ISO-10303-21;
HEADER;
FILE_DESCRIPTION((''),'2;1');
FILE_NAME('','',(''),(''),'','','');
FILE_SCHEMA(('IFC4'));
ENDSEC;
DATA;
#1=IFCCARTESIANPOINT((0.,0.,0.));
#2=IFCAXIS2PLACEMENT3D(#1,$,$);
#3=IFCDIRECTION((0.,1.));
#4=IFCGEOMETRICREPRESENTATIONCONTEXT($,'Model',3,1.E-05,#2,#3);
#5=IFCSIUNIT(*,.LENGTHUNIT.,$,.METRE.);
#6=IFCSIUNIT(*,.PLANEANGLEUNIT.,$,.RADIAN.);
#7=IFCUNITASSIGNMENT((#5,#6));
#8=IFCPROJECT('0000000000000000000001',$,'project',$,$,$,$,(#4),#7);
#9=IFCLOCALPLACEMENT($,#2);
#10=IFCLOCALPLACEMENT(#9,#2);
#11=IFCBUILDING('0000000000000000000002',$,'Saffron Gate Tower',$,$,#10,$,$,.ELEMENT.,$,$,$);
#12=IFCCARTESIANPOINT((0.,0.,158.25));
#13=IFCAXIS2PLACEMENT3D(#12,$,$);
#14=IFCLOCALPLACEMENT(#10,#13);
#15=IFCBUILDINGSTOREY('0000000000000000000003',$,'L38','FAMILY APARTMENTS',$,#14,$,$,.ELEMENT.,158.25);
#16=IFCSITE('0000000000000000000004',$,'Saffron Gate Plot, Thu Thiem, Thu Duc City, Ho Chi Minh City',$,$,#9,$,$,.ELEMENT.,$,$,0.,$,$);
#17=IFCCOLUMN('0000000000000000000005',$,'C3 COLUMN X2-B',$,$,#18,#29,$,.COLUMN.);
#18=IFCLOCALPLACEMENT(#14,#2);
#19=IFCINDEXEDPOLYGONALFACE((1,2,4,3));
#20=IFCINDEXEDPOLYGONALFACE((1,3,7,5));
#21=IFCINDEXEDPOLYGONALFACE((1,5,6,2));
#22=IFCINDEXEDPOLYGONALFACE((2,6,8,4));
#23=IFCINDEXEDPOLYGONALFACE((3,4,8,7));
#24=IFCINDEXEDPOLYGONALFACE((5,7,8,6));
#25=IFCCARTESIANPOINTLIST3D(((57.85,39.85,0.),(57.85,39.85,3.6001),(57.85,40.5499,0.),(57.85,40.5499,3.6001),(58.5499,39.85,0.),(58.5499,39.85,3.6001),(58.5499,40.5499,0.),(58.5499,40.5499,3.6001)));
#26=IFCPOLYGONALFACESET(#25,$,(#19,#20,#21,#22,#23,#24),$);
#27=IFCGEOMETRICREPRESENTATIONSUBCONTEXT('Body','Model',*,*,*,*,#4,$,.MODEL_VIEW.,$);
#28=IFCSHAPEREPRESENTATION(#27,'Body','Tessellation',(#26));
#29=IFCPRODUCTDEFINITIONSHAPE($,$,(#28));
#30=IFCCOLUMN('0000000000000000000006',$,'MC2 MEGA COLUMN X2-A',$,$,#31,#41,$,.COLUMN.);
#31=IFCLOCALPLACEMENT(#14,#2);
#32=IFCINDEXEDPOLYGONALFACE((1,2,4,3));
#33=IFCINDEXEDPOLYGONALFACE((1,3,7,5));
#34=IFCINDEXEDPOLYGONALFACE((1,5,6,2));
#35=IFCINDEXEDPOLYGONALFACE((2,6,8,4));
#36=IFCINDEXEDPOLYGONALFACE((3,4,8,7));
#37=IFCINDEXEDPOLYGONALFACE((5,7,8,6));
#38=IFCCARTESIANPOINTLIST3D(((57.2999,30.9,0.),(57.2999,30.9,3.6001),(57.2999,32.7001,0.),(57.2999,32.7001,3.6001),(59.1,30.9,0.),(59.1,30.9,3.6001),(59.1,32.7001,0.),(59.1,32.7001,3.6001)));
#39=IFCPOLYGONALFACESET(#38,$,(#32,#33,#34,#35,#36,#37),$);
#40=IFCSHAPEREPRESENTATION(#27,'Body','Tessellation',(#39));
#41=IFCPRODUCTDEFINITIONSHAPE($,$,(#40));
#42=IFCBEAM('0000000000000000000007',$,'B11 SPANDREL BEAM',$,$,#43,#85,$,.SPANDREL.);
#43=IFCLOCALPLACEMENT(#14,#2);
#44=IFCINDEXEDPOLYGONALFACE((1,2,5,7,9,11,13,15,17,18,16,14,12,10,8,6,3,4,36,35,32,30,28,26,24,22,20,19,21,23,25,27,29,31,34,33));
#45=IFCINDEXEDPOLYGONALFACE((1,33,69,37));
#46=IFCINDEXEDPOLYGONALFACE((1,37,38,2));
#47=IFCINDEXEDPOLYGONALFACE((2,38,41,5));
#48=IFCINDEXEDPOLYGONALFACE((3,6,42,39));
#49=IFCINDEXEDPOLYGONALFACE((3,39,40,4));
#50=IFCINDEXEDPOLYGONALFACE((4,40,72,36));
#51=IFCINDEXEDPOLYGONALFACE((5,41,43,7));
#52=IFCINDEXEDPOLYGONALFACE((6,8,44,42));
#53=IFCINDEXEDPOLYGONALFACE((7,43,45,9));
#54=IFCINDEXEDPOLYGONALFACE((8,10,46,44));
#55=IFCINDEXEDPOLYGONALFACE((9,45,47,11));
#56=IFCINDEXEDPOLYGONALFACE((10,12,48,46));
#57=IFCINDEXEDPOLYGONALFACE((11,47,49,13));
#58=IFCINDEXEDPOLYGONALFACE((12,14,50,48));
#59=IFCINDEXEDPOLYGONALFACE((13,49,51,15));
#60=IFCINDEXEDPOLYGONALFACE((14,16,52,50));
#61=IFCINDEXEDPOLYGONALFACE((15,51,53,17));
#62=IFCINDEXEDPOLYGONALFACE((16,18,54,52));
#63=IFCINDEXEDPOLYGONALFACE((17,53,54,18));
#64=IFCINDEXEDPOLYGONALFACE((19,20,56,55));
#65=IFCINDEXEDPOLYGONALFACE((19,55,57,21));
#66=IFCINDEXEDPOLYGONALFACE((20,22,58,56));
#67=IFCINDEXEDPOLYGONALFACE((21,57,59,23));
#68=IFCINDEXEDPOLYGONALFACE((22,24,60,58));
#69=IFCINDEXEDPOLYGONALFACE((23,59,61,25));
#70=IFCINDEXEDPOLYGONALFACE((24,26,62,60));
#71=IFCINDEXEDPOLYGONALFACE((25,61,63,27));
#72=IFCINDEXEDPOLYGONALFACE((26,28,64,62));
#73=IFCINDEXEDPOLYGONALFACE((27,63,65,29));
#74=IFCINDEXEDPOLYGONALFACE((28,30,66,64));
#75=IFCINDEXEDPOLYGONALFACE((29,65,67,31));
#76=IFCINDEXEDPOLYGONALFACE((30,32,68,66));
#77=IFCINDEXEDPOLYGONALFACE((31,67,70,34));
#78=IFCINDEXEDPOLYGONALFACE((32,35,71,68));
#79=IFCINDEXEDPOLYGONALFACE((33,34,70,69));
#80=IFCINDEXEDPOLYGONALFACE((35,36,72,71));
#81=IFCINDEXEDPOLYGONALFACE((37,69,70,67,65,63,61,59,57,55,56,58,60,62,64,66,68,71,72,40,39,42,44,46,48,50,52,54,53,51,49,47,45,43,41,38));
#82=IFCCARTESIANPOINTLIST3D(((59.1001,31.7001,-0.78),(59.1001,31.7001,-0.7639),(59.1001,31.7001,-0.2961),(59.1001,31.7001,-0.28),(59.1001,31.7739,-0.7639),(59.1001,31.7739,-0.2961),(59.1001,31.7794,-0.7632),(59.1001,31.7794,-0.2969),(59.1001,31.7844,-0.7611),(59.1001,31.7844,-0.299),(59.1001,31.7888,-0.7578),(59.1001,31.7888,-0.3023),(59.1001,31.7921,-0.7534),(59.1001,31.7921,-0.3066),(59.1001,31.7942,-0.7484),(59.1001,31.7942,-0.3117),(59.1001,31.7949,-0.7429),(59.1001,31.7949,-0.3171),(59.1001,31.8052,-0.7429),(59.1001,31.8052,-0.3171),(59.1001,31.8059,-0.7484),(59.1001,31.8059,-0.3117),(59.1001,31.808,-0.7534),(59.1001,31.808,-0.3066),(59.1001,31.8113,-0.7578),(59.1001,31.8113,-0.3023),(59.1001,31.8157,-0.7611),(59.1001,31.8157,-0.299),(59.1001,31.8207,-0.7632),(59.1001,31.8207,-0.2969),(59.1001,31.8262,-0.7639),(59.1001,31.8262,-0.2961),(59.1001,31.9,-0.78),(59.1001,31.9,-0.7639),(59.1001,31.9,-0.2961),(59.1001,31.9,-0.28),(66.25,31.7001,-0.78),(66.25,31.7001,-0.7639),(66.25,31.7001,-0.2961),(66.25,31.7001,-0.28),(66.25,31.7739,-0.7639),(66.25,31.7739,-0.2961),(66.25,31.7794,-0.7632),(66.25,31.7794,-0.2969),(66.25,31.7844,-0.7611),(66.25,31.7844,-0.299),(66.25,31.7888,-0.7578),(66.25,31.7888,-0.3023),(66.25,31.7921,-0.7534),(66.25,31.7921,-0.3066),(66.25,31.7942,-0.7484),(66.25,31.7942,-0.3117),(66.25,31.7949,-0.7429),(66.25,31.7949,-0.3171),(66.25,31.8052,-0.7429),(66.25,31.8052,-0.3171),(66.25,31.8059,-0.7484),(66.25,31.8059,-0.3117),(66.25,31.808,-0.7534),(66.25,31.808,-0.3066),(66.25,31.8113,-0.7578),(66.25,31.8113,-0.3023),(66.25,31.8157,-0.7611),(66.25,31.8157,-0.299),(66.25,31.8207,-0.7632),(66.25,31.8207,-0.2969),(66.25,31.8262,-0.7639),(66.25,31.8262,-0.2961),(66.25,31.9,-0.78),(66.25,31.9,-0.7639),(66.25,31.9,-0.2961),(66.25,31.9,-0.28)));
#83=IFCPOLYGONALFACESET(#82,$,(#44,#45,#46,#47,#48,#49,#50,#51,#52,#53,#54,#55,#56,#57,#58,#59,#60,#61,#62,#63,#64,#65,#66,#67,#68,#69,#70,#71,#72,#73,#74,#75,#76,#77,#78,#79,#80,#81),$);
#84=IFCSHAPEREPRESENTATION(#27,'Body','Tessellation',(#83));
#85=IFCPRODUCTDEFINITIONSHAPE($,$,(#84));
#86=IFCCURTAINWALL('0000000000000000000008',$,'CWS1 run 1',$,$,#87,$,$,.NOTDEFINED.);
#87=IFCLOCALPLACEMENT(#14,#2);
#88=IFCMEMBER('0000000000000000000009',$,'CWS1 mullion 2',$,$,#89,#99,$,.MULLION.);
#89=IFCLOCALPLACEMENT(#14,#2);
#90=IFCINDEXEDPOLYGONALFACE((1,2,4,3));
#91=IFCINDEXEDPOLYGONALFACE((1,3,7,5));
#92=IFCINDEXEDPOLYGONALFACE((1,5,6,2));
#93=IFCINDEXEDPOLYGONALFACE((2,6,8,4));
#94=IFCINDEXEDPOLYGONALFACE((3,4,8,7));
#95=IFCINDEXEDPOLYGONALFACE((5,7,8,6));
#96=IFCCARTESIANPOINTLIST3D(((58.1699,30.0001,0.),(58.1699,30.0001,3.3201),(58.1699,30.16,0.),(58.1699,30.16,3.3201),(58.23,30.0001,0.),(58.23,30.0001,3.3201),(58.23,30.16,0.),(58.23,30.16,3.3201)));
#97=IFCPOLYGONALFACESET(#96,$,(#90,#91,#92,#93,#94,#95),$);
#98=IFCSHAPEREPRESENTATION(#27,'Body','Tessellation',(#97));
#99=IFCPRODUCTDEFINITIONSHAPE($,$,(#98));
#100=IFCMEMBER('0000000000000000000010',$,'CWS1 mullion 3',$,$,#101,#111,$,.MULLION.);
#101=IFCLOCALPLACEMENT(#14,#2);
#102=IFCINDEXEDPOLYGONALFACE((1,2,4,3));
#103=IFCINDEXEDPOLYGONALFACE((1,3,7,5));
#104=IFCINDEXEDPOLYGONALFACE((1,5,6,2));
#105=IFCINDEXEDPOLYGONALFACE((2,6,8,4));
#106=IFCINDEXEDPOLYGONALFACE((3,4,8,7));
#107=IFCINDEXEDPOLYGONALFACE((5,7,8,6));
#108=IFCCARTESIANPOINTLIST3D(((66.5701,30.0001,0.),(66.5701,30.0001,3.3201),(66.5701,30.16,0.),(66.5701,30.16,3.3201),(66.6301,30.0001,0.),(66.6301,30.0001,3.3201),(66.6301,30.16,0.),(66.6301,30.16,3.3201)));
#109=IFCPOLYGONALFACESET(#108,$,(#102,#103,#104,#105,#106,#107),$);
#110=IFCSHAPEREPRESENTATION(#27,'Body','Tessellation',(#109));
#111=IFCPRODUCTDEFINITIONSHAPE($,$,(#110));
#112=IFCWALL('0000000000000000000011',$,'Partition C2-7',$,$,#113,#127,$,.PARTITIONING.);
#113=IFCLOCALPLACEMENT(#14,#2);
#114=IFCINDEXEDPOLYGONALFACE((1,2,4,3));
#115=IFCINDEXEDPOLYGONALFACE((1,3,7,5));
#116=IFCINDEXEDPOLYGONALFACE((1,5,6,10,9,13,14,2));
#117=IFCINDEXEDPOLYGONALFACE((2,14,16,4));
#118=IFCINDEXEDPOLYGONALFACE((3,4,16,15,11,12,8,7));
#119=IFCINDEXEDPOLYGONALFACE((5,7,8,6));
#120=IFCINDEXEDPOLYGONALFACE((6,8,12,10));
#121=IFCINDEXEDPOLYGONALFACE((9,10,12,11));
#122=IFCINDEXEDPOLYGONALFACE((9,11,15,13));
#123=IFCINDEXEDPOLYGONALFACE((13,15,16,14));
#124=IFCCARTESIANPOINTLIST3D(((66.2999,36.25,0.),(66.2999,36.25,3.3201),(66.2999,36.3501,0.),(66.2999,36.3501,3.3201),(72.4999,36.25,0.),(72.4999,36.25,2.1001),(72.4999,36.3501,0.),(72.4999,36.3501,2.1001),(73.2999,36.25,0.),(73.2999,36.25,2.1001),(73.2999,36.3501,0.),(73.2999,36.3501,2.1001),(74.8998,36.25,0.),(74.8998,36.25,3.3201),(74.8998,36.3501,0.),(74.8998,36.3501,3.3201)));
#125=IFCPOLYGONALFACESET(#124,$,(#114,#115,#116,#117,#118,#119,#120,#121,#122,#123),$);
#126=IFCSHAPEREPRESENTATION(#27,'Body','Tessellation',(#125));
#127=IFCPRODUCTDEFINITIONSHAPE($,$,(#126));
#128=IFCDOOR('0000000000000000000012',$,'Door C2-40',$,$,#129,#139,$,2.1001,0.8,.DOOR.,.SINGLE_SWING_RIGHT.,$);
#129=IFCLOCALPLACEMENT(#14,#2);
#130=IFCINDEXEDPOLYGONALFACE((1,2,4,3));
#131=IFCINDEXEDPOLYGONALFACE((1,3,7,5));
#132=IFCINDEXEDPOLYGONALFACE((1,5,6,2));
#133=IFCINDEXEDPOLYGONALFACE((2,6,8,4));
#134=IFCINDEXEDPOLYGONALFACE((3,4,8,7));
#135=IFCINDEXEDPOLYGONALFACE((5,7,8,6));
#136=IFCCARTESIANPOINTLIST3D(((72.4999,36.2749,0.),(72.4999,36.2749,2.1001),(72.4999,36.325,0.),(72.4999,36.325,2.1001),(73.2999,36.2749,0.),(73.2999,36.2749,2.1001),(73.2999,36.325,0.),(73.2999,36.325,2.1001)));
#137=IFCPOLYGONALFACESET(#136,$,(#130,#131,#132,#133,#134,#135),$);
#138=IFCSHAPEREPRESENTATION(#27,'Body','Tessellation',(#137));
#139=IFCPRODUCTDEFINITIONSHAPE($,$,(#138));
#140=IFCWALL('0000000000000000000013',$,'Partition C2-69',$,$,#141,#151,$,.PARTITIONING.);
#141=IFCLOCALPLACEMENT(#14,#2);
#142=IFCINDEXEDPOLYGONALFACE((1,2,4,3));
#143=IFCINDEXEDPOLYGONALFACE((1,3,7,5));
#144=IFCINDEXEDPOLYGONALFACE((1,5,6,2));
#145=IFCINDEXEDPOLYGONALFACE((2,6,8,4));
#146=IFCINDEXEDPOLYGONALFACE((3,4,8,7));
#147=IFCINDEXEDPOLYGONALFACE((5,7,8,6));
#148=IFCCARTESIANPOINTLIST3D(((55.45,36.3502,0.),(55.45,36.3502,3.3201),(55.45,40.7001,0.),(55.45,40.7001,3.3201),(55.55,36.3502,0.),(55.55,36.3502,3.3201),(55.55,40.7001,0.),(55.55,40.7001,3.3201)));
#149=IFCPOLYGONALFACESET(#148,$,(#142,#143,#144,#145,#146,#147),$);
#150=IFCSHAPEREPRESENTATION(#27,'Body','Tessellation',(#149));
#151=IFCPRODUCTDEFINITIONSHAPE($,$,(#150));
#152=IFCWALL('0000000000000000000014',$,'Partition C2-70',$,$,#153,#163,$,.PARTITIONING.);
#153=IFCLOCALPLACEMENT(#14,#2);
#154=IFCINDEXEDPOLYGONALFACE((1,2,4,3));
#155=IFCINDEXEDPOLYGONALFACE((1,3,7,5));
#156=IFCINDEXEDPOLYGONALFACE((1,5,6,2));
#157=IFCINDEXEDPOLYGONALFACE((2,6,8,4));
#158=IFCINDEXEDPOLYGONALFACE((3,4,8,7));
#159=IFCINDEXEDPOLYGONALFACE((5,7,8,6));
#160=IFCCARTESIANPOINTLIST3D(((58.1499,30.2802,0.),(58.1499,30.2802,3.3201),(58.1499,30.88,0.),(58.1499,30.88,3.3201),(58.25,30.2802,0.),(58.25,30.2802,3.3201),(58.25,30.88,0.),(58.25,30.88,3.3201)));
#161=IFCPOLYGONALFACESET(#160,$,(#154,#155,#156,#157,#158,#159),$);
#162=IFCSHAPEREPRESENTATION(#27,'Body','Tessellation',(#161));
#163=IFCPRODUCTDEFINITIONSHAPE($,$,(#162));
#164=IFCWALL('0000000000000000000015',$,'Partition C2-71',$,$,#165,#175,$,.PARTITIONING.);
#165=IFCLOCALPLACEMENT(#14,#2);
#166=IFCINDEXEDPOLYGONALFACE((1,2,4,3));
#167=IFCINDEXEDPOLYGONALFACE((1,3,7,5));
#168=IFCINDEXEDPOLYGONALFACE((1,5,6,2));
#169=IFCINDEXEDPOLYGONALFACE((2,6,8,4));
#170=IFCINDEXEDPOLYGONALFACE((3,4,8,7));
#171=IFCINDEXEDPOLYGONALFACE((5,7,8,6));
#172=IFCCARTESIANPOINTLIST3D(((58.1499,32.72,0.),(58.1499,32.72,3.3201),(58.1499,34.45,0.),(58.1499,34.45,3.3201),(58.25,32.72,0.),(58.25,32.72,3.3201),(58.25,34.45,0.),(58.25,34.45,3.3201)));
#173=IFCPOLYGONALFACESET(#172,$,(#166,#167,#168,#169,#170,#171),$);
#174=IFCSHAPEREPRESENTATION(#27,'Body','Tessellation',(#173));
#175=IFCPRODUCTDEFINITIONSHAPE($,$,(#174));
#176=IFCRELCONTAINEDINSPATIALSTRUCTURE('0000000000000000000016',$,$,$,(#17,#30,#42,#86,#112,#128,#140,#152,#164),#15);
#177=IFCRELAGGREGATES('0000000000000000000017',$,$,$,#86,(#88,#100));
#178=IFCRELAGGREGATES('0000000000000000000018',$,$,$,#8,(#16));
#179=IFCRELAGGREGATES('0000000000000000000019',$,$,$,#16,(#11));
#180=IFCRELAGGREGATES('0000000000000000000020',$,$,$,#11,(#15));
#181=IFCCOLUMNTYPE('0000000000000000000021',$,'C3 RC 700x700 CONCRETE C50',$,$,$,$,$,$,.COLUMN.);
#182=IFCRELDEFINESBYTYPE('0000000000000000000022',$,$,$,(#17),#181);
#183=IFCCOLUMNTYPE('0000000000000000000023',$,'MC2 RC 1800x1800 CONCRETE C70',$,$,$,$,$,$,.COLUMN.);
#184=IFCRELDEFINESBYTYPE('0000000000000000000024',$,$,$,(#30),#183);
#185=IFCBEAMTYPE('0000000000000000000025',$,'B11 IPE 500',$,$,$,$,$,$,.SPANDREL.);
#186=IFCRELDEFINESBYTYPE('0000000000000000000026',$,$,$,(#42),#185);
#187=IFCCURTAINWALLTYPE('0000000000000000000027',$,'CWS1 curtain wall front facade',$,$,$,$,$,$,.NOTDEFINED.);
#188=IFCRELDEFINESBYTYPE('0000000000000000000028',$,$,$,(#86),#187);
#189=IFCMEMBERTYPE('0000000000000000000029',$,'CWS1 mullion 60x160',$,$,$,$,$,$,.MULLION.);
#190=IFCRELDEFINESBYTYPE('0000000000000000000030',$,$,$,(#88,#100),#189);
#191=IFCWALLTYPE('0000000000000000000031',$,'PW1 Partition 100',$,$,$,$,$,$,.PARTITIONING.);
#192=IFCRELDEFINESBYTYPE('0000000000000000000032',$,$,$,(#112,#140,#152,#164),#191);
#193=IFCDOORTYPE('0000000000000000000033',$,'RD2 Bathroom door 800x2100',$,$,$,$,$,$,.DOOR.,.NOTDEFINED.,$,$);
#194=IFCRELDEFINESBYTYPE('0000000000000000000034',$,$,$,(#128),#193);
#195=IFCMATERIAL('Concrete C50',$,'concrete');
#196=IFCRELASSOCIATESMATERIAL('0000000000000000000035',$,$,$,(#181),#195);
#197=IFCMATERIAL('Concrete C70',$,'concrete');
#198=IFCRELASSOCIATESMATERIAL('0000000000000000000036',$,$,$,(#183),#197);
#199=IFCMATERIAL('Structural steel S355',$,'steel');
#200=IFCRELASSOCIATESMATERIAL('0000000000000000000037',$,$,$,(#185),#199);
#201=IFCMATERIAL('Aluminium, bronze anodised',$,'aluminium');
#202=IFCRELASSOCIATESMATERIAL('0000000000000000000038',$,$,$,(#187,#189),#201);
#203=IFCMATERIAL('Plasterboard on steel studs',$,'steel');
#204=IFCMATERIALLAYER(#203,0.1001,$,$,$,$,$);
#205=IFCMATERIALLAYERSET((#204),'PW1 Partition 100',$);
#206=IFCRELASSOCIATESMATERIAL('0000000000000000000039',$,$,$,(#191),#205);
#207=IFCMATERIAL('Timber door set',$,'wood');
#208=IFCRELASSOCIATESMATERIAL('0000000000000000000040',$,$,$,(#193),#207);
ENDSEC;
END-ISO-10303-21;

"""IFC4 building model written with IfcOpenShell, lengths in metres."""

from ifc_helpers import new_model, si_unit, direction, frame, frame_2d, origin, origin_2d, place, context, subcontext, project, spatial, rectangle, i_section, extrude, material, layer, layer_set, material_profile, profile_set, type_object, element, fill, aggregate, save


model = new_model("IFC4")

# Units and contexts
model_context = context("Model", 3, precision=1e-05, world=origin(), true_north=direction((0.0, 1.0)))
body_context = subcontext(model_context, "Body", "Model", "MODEL_VIEW")
ifc_project = project(units=[si_unit("LENGTHUNIT", "METRE"), si_unit("PLANEANGLEUNIT", "RADIAN")], contexts=[model_context])

# Site, building, storey
site_placement = place(None, origin())
site = spatial("IfcSite", under=ifc_project, at=site_placement, Name="Saffron Gate Plot, Thu Thiem, Thu Duc City, Ho Chi Minh City", CompositionType="ELEMENT", RefElevation=0.0)
building_placement = place(site_placement, origin())
building = spatial("IfcBuilding", under=site, at=building_placement, Name="Saffron Gate Tower", CompositionType="ELEMENT")
storey_placement = place(building_placement, frame((0.0, 0.0, 158.25)))
storey = spatial("IfcBuildingStorey", under=building, at=storey_placement, Name="L38", Description="FAMILY APARTMENTS", CompositionType="ELEMENT", Elevation=158.25)

# Columns
ifc_material_1 = material(Name="Concrete C50", Category="concrete")
ifc_material_profile_1 = material_profile(ifc_material_1, rectangle(XDim=0.7, YDim=0.7, at=origin_2d()))
ifc_profile_set_1 = profile_set([ifc_material_profile_1], Name="Concrete C50")
column_type_1 = type_object("IfcColumnType", Name="C3 RC 700x700 CONCRETE C50", PredefinedType="COLUMN", material=ifc_profile_set_1)
column_1_placement = place(storey_placement, frame((58.2, 40.2, 0.0), z_axis=(0.0, 0.0, 1.0), x_axis=(1.0, 0.0, 0.0)))
element("IfcColumn", 1, at=column_1_placement, inside=storey, type_object=column_type_1, Name="C3 COLUMN X2-B", PredefinedType="COLUMN", context=body_context, shape_type="SweptSolid", body=[
    extrude(rectangle(XDim=0.7, YDim=0.7, at=origin_2d()), origin(), (0.0, 0.0, 1.0), 3.6001),
])
ifc_material_2 = material(Name="Concrete C70", Category="concrete")
ifc_material_profile_2 = material_profile(ifc_material_2, rectangle(XDim=1.8, YDim=1.8, at=origin_2d()))
ifc_profile_set_2 = profile_set([ifc_material_profile_2], Name="Concrete C70")
column_type_2 = type_object("IfcColumnType", Name="MC2 RC 1800x1800 CONCRETE C70", PredefinedType="COLUMN", material=ifc_profile_set_2)
column_2_placement = place(storey_placement, frame((58.2, 31.8, 0.0), z_axis=(0.0, 0.0, 1.0), x_axis=(1.0, 0.0, 0.0)))
element("IfcColumn", 2, at=column_2_placement, inside=storey, type_object=column_type_2, Name="MC2 MEGA COLUMN X2-A", PredefinedType="COLUMN", context=body_context, shape_type="SweptSolid", body=[
    extrude(rectangle(XDim=1.8, YDim=1.8, at=origin_2d()), origin(), (0.0, 0.0, 1.0), 3.6001),
])

# Beam
ifc_material_3 = material(Name="Structural steel S355", Category="steel")
ifc_material_profile_3 = material_profile(ifc_material_3, i_section(OverallWidth=0.2, OverallDepth=0.5, WebThickness=0.0103, FlangeThickness=0.0161, FilletRadius=0.021, at=origin_2d()))
ifc_profile_set_3 = profile_set([ifc_material_profile_3], Name="Structural steel S355")
beam_type = type_object("IfcBeamType", Name="B11 IPE 500", PredefinedType="SPANDREL", material=ifc_profile_set_3)
beam_placement = place(storey_placement, frame((59.1001, 31.8, -0.53), z_axis=(1.0, 0.0, 0.0), x_axis=(0.0, 1.0, 0.0)))
element("IfcBeam", 3, at=beam_placement, inside=storey, type_object=beam_type, Name="B11 SPANDREL BEAM", PredefinedType="SPANDREL", context=body_context, shape_type="SweptSolid", body=[
    extrude(i_section(OverallWidth=0.2, OverallDepth=0.5, WebThickness=0.0103, FlangeThickness=0.0161, FilletRadius=0.021, at=origin_2d()), origin(), (0.0, 0.0, 1.0), 7.1499),
])

# Curtain wall, members
ifc_material_4 = material(Name="Aluminium, bronze anodised", Category="aluminium")
curtain_wall_type = type_object("IfcCurtainWallType", Name="CWS1 curtain wall front facade", PredefinedType="NOTDEFINED", material=ifc_material_4)
curtain_wall_placement = place(storey_placement, origin())
curtain_wall = element("IfcCurtainWall", 4, at=curtain_wall_placement, inside=storey, type_object=curtain_wall_type, Name="CWS1 run 1", PredefinedType="NOTDEFINED")
ifc_material_profile_4 = material_profile(ifc_material_4, rectangle(XDim=0.1599, YDim=0.0601, at=origin_2d()))
ifc_profile_set_4 = profile_set([ifc_material_profile_4], Name="Aluminium, bronze anodised")
member_type = type_object("IfcMemberType", Name="CWS1 mullion 60x160", PredefinedType="MULLION", material=ifc_profile_set_4)
member_1_placement = place(storey_placement, frame((58.2, 30.0801, 0.0), z_axis=(0.0, 0.0, 1.0), x_axis=(0.0, 1.0, 0.0)))
member_1 = element("IfcMember", 5, at=member_1_placement, type_object=member_type, Name="CWS1 mullion 2", PredefinedType="MULLION", context=body_context, shape_type="SweptSolid", body=[
    extrude(rectangle(XDim=0.1599, YDim=0.0601, at=origin_2d()), origin(), (0.0, 0.0, 1.0), 3.3201),
])
member_2_placement = place(storey_placement, frame((66.6001, 30.0801, 0.0), z_axis=(0.0, 0.0, 1.0), x_axis=(0.0, 1.0, 0.0)))
member_2 = element("IfcMember", 6, at=member_2_placement, type_object=member_type, Name="CWS1 mullion 3", PredefinedType="MULLION", context=body_context, shape_type="SweptSolid", body=[
    extrude(rectangle(XDim=0.1599, YDim=0.0601, at=origin_2d()), origin(), (0.0, 0.0, 1.0), 3.3201),
])
aggregate(curtain_wall, [member_1, member_2])

# Wall, opening, door
ifc_material_5 = material(Name="Plasterboard on steel studs", Category="steel")
ifc_layer_1 = layer(ifc_material_5, 0.1001)
ifc_layer_set_1 = layer_set([ifc_layer_1], Name="PW1 Partition 100")
wall_type_1 = type_object("IfcWallType", Name="PW1 Partition 100", PredefinedType="PARTITIONING", material=ifc_layer_set_1)
wall_1_placement = place(storey_placement, frame((66.3, 36.3, 0.0), z_axis=(0.0, 0.0, 1.0), x_axis=(1.0, 0.0, 0.0)))
wall_1 = element("IfcWall", 7, at=wall_1_placement, inside=storey, type_object=wall_type_1, Name="Partition C2-7", PredefinedType="PARTITIONING", context=body_context, shape_type="SweptSolid", body=[
    extrude(rectangle(XDim=8.5999, YDim=0.1001, at=frame_2d((4.2998, 0.0))), origin(), (0.0, 0.0, 1.0), 3.3201),
])
opening_1_placement = place(wall_1_placement, frame((6.2, 0.0, 0.0)))
opening_1 = element("IfcOpeningElement", 8, at=opening_1_placement, cuts=wall_1, PredefinedType="OPENING", context=body_context, shape_type="SweptSolid", body=[
    extrude(rectangle(XDim=0.8, YDim=2.1001, at=frame_2d((0.3999, 1.05))), frame((0.0, 0.0601, 0.0), z_axis=(0.0, -1.0, 0.0), x_axis=(1.0, 0.0, 0.0)), (0.0, 0.0, 1.0), 0.1201),
])
ifc_material_6 = material(Name="Timber door set", Category="wood")
door_type_1 = type_object("IfcDoorType", Name="RD2 Bathroom door 800x2100", OperationType="NOTDEFINED", PredefinedType="DOOR", material=ifc_material_6)
door_1_placement = place(opening_1_placement, origin())
door_1 = element("IfcDoor", 9, at=door_1_placement, inside=storey, type_object=door_type_1, Name="Door C2-40", OperationType="SINGLE_SWING_RIGHT", OverallHeight=2.1001, OverallWidth=0.8, PredefinedType="DOOR", context=body_context, shape_type="SweptSolid", body=[
    extrude(rectangle(XDim=0.8, YDim=2.1001, at=frame_2d((0.3999, 1.05))), frame((0.0, 0.0249, 0.0), z_axis=(0.0, -1.0, 0.0), x_axis=(1.0, 0.0, 0.0)), (0.0, 0.0, 1.0), 0.05),
])
fill(opening_1, door_1)

# Walls
wall_2_placement = place(storey_placement, frame((55.5, 40.7, 0.0), z_axis=(0.0, 0.0, 1.0), x_axis=(0.0, -1.0, 0.0)))
element("IfcWall", 10, at=wall_2_placement, inside=storey, type_object=wall_type_1, Name="Partition C2-69", PredefinedType="PARTITIONING", context=body_context, shape_type="SweptSolid", body=[
    extrude(rectangle(XDim=4.3499, YDim=0.1001, at=frame_2d((2.1748, 0.0))), origin(), (0.0, 0.0, 1.0), 3.3201),
])
wall_3_placement = place(storey_placement, frame((58.2, 30.8799, 0.0), z_axis=(0.0, 0.0, 1.0), x_axis=(0.0, -1.0, 0.0)))
element("IfcWall", 11, at=wall_3_placement, inside=storey, type_object=wall_type_1, Name="Partition C2-70", PredefinedType="PARTITIONING", context=body_context, shape_type="SweptSolid", body=[
    extrude(rectangle(XDim=0.5999, YDim=0.1001, at=frame_2d((0.2998, 0.0))), origin(), (0.0, 0.0, 1.0), 3.3201),
])
wall_4_placement = place(storey_placement, frame((58.2, 34.45, 0.0), z_axis=(0.0, 0.0, 1.0), x_axis=(0.0, -1.0, 0.0)))
element("IfcWall", 12, at=wall_4_placement, inside=storey, type_object=wall_type_1, Name="Partition C2-71", PredefinedType="PARTITIONING", context=body_context, shape_type="SweptSolid", body=[
    extrude(rectangle(XDim=1.73, YDim=0.1001, at=frame_2d((0.865, 0.0))), origin(), (0.0, 0.0, 1.0), 3.3201),
])

save(model, "model.ifc")
